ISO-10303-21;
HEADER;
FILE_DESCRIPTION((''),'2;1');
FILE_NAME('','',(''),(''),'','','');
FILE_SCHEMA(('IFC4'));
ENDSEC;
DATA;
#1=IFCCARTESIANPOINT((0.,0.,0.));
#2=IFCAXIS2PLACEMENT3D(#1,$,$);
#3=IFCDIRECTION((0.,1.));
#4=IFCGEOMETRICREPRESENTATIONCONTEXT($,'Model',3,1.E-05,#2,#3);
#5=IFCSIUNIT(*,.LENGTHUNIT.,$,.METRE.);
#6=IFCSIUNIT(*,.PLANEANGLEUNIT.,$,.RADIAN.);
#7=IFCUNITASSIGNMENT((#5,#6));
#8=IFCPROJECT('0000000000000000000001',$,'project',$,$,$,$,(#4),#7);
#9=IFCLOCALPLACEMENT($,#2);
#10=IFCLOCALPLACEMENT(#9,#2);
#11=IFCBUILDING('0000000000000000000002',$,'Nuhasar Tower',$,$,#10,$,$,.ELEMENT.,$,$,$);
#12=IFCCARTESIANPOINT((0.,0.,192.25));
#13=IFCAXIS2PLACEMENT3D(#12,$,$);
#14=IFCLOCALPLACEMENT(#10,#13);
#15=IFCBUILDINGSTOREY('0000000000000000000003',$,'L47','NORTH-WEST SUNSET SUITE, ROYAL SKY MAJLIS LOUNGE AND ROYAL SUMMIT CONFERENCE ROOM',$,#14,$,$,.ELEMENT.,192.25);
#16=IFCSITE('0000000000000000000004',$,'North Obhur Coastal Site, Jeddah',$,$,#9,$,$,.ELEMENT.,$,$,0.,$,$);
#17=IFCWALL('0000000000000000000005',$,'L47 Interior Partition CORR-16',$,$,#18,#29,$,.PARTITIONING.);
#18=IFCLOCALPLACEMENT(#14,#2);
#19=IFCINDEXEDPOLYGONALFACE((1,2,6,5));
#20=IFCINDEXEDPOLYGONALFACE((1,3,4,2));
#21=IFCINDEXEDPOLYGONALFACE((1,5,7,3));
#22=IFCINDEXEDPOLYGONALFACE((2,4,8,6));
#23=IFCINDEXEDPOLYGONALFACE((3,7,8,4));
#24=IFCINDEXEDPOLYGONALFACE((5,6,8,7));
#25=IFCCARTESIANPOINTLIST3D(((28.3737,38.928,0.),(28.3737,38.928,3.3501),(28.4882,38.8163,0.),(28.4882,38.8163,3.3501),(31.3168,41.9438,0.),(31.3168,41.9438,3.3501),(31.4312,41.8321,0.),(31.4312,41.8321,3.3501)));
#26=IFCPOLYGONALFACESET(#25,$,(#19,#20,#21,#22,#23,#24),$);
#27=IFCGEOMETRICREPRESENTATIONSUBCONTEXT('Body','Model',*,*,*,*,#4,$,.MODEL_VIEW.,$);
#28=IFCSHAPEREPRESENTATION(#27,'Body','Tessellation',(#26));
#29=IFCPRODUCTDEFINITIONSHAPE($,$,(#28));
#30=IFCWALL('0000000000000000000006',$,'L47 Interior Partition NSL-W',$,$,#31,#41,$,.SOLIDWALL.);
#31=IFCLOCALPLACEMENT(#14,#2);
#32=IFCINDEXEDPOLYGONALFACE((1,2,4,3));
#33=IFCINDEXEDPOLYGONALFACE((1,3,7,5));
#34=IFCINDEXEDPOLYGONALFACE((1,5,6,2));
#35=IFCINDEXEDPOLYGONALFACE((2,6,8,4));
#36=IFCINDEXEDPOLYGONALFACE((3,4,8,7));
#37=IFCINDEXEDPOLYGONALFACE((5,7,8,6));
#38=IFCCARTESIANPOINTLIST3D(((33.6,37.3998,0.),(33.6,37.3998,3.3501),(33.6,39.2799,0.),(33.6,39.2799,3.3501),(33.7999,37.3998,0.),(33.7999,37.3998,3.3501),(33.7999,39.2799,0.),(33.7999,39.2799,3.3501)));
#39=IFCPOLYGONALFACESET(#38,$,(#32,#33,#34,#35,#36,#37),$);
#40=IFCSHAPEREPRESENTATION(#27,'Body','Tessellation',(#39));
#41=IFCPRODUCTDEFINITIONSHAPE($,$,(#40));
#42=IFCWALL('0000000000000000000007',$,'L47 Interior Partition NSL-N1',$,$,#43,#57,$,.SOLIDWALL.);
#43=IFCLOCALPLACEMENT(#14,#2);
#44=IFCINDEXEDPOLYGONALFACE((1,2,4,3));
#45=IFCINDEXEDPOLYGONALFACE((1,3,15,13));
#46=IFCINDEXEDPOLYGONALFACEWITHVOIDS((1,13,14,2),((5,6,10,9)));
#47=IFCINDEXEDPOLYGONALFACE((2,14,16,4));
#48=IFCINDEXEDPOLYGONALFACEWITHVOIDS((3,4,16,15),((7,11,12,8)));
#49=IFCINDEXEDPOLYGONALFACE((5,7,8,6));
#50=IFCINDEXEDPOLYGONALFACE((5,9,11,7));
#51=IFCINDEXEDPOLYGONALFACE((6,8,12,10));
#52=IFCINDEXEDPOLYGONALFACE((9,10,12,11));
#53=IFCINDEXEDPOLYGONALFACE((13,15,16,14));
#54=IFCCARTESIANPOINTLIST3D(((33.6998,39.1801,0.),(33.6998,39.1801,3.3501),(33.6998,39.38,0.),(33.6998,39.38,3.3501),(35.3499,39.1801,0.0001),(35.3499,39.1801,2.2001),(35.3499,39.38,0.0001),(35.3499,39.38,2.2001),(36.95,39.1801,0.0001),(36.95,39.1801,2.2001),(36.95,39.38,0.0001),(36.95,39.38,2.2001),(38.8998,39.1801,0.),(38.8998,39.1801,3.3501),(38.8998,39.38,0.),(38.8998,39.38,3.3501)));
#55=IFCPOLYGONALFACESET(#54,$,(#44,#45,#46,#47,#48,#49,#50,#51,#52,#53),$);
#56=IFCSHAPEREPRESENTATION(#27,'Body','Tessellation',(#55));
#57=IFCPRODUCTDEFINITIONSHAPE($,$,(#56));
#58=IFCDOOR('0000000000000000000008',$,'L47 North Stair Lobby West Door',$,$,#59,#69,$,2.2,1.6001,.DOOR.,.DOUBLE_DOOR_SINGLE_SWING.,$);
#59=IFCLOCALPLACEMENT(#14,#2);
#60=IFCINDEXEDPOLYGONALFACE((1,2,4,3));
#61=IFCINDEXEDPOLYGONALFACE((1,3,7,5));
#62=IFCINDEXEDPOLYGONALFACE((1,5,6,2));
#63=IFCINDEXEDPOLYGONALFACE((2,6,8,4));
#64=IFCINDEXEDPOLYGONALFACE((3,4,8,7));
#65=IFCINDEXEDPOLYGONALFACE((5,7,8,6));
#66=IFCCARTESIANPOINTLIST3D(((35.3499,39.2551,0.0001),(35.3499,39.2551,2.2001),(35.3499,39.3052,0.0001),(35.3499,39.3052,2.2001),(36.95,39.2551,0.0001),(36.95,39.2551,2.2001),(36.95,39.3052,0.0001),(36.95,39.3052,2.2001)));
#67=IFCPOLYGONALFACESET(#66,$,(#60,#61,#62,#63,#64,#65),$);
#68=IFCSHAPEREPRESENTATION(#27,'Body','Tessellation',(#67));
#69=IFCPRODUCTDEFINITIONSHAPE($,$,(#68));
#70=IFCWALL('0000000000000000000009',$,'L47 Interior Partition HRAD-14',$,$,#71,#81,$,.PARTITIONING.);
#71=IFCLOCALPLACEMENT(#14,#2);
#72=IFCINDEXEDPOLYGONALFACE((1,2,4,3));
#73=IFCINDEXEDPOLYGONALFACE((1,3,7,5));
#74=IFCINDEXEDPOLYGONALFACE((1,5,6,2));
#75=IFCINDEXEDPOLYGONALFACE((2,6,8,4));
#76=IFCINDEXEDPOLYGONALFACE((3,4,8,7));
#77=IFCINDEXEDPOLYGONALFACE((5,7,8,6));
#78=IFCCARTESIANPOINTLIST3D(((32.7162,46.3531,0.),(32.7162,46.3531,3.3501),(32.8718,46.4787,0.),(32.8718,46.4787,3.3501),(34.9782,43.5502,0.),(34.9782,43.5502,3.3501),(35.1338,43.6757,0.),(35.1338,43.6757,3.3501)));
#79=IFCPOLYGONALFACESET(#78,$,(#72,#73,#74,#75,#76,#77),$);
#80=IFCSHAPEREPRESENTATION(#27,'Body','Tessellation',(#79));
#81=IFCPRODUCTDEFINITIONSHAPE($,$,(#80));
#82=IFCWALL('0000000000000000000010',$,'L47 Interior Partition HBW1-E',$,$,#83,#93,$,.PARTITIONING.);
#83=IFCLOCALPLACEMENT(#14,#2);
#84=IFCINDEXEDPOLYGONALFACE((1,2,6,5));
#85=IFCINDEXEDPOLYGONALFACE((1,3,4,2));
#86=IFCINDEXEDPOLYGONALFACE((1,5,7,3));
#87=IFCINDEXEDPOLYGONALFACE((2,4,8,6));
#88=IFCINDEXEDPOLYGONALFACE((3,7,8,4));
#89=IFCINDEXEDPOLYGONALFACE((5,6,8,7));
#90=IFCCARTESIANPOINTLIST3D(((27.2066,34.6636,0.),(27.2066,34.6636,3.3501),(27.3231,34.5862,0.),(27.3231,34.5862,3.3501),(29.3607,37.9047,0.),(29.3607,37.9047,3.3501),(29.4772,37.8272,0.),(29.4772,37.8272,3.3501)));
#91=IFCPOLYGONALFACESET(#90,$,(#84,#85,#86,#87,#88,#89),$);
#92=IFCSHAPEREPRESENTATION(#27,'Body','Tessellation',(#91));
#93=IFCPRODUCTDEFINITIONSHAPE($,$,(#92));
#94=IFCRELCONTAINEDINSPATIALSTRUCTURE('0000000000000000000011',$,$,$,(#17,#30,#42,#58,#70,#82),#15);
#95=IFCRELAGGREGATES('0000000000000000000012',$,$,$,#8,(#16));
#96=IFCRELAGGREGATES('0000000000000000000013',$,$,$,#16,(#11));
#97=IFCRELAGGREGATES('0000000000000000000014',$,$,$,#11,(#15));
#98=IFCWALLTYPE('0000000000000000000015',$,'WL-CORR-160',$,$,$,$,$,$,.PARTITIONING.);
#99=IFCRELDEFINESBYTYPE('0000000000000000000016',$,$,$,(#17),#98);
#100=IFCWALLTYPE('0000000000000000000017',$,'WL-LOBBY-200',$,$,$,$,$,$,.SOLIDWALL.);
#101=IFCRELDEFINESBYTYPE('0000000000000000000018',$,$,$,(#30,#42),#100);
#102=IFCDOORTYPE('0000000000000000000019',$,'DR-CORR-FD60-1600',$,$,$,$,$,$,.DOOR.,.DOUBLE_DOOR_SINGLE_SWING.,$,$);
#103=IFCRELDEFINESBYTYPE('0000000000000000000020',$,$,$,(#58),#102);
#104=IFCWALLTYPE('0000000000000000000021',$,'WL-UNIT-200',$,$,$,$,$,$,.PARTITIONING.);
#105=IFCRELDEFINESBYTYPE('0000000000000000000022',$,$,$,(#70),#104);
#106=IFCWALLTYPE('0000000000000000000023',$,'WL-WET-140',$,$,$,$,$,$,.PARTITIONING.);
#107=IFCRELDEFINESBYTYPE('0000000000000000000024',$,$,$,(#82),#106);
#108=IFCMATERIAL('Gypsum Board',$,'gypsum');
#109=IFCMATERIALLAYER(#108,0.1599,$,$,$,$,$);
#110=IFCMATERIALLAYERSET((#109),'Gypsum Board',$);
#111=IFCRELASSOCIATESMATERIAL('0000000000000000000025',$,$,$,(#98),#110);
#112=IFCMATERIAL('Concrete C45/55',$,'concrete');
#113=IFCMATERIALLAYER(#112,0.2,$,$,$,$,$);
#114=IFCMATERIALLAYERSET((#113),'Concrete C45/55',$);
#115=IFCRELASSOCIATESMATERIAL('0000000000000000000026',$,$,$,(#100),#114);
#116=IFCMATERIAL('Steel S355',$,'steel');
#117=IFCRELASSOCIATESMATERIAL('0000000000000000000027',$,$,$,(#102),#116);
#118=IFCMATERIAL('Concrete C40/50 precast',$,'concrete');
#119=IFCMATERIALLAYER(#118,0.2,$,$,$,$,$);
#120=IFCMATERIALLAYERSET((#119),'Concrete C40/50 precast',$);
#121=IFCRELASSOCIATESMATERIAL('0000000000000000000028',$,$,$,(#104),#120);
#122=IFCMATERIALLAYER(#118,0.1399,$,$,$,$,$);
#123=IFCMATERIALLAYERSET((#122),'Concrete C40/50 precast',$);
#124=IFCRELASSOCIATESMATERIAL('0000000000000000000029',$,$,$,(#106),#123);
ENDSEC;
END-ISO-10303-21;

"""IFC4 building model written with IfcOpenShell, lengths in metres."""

from ifc_helpers import new_model, si_unit, direction, frame, frame_2d, origin, place, context, subcontext, project, spatial, rectangle, extrude, material, layer, layer_set, type_object, element, fill, save


model = new_model("IFC4")

# Units and contexts
model_context = context("Model", 3, precision=1e-05, world=origin(), true_north=direction((0.0, 1.0)))
body_context = subcontext(model_context, "Body", "Model", "MODEL_VIEW")
ifc_project = project(units=[si_unit("LENGTHUNIT", "METRE"), si_unit("PLANEANGLEUNIT", "RADIAN")], contexts=[model_context])

# Site, building, storey
site_placement = place(None, origin())
site = spatial("IfcSite", under=ifc_project, at=site_placement, Name="North Obhur Coastal Site, Jeddah", CompositionType="ELEMENT", RefElevation=0.0)
building_placement = place(site_placement, origin())
building = spatial("IfcBuilding", under=site, at=building_placement, Name="Nuhasar Tower", CompositionType="ELEMENT")
storey_placement = place(building_placement, frame((0.0, 0.0, 192.25)))
storey = spatial("IfcBuildingStorey", under=building, at=storey_placement, Name="L47", Description="NORTH-WEST SUNSET SUITE, ROYAL SKY MAJLIS LOUNGE AND ROYAL SUMMIT CONFERENCE ROOM", CompositionType="ELEMENT", Elevation=192.25)

# Shared definitions
ifc_material_1 = material(Name="Steel S355", Category="steel")

# Shared definitions
ifc_material_2 = material(Name="Gypsum Board", Category="gypsum")
ifc_layer_1 = layer(ifc_material_2, 0.1599)
ifc_layer_set_1 = layer_set([ifc_layer_1], Name="Gypsum Board")
wall_type_1 = type_object("IfcWallType", Name="WL-CORR-160", PredefinedType="PARTITIONING", material=ifc_layer_set_1)

# Walls
wall_1_placement = place(storey_placement, frame((31.374, 41.8879, 0.0), z_axis=(0.0, 0.0, 1.0), x_axis=(-0.698422, -0.715687, 0.0)))
element("IfcWall", 1, at=wall_1_placement, inside=storey, type_object=wall_type_1, Name="L47 Interior Partition CORR-16", PredefinedType="PARTITIONING", context=body_context, shape_type="SweptSolid", body=[
    extrude(rectangle(XDim=4.2139, YDim=0.1599, at=frame_2d((2.1069, 0.0))), origin(), (0.0, 0.0, 1.0), 3.3501),
])
ifc_material_3 = material(Name="Concrete C45/55", Category="concrete")
ifc_layer_2 = layer(ifc_material_3, 0.2)
ifc_layer_set_2 = layer_set([ifc_layer_2], Name="Concrete C45/55")
wall_type_2 = type_object("IfcWallType", Name="WL-LOBBY-200", PredefinedType="SOLIDWALL", material=ifc_layer_set_2)
wall_2_placement = place(storey_placement, frame((33.7, 37.3999, 0.0), z_axis=(0.0, 0.0, 1.0), x_axis=(0.0, 1.0, 0.0)))
element("IfcWall", 2, at=wall_2_placement, inside=storey, type_object=wall_type_2, Name="L47 Interior Partition NSL-W", PredefinedType="SOLIDWALL", context=body_context, shape_type="SweptSolid", body=[
    extrude(rectangle(XDim=1.8801, YDim=0.2, at=frame_2d((0.9399, 0.0))), origin(), (0.0, 0.0, 1.0), 3.3501),
])

# Wall, opening, door
wall_3_placement = place(storey_placement, frame((38.8999, 39.28, 0.0), z_axis=(0.0, 0.0, 1.0), x_axis=(-1.0, 0.0, 0.0)))
wall_3 = element("IfcWall", 3, at=wall_3_placement, inside=storey, type_object=wall_type_2, Name="L47 Interior Partition NSL-N1", PredefinedType="SOLIDWALL", context=body_context, shape_type="SweptSolid", body=[
    extrude(rectangle(XDim=5.2, YDim=0.2, at=frame_2d((2.6001, 0.0))), origin(), (0.0, 0.0, 1.0), 3.3501),
])
opening_1_placement = place(wall_3_placement, frame((1.95, 0.0, 0.0)))
opening_1 = element("IfcOpeningElement", 4, at=opening_1_placement, cuts=wall_3, PredefinedType="OPENING", context=body_context, shape_type="SweptSolid", body=[
    extrude(rectangle(XDim=1.6001, YDim=2.2, at=frame_2d((0.8, 1.1001))), frame((0.0, 0.1099, 0.0), z_axis=(0.0, -1.0, 0.0), x_axis=(1.0, 0.0, 0.0)), (0.0, 0.0, 1.0), 0.22),
])
door_type_1 = type_object("IfcDoorType", Name="DR-CORR-FD60-1600", OperationType="DOUBLE_DOOR_SINGLE_SWING", PredefinedType="DOOR", material=ifc_material_1)
door_1_placement = place(opening_1_placement, origin())
door_1 = element("IfcDoor", 5, at=door_1_placement, inside=storey, type_object=door_type_1, Name="L47 North Stair Lobby West Door", OperationType="DOUBLE_DOOR_SINGLE_SWING", OverallHeight=2.2, OverallWidth=1.6001, PredefinedType="DOOR", context=body_context, shape_type="SweptSolid", body=[
    extrude(rectangle(XDim=1.6001, YDim=2.2, at=frame_2d((0.8, 1.1001))), frame((0.0, 0.0249, 0.0), z_axis=(0.0, -1.0, 0.0), x_axis=(1.0, 0.0, 0.0)), (0.0, 0.0, 1.0), 0.05),
])
fill(opening_1, door_1)

# Walls
ifc_material_4 = material(Name="Concrete C40/50 precast", Category="concrete")
ifc_layer_3 = layer(ifc_material_4, 0.2)
ifc_layer_set_3 = layer_set([ifc_layer_3], Name="Concrete C40/50 precast")
wall_type_3 = type_object("IfcWallType", Name="WL-UNIT-200", PredefinedType="PARTITIONING", material=ifc_layer_set_3)
wall_4_placement = place(storey_placement, frame((35.0559, 43.613, 0.0), z_axis=(0.0, 0.0, 1.0), x_axis=(-0.628004, 0.77821, 0.0)))
element("IfcWall", 6, at=wall_4_placement, inside=storey, type_object=wall_type_3, Name="L47 Interior Partition HRAD-14", PredefinedType="PARTITIONING", context=body_context, shape_type="SweptSolid", body=[
    extrude(rectangle(XDim=3.6018, YDim=0.2, at=frame_2d((1.8008, 0.0))), origin(), (0.0, 0.0, 1.0), 3.3501),
])
ifc_layer_4 = layer(ifc_material_4, 0.1399)
ifc_layer_set_4 = layer_set([ifc_layer_4], Name="Concrete C40/50 precast")
wall_type_4 = type_object("IfcWallType", Name="WL-WET-140", PredefinedType="PARTITIONING", material=ifc_layer_set_4)
wall_5_placement = place(storey_placement, frame((29.4189, 37.866, 0.0), z_axis=(0.0, 0.0, 1.0), x_axis=(-0.553527, -0.832831, 0.0)))
element("IfcWall", 7, at=wall_5_placement, inside=storey, type_object=wall_type_4, Name="L47 Interior Partition HBW1-E", PredefinedType="PARTITIONING", context=body_context, shape_type="SweptSolid", body=[
    extrude(rectangle(XDim=3.8916, YDim=0.1399, at=frame_2d((1.9458, 0.0))), origin(), (0.0, 0.0, 1.0), 3.3501),
])

save(model, "model.ifc")
